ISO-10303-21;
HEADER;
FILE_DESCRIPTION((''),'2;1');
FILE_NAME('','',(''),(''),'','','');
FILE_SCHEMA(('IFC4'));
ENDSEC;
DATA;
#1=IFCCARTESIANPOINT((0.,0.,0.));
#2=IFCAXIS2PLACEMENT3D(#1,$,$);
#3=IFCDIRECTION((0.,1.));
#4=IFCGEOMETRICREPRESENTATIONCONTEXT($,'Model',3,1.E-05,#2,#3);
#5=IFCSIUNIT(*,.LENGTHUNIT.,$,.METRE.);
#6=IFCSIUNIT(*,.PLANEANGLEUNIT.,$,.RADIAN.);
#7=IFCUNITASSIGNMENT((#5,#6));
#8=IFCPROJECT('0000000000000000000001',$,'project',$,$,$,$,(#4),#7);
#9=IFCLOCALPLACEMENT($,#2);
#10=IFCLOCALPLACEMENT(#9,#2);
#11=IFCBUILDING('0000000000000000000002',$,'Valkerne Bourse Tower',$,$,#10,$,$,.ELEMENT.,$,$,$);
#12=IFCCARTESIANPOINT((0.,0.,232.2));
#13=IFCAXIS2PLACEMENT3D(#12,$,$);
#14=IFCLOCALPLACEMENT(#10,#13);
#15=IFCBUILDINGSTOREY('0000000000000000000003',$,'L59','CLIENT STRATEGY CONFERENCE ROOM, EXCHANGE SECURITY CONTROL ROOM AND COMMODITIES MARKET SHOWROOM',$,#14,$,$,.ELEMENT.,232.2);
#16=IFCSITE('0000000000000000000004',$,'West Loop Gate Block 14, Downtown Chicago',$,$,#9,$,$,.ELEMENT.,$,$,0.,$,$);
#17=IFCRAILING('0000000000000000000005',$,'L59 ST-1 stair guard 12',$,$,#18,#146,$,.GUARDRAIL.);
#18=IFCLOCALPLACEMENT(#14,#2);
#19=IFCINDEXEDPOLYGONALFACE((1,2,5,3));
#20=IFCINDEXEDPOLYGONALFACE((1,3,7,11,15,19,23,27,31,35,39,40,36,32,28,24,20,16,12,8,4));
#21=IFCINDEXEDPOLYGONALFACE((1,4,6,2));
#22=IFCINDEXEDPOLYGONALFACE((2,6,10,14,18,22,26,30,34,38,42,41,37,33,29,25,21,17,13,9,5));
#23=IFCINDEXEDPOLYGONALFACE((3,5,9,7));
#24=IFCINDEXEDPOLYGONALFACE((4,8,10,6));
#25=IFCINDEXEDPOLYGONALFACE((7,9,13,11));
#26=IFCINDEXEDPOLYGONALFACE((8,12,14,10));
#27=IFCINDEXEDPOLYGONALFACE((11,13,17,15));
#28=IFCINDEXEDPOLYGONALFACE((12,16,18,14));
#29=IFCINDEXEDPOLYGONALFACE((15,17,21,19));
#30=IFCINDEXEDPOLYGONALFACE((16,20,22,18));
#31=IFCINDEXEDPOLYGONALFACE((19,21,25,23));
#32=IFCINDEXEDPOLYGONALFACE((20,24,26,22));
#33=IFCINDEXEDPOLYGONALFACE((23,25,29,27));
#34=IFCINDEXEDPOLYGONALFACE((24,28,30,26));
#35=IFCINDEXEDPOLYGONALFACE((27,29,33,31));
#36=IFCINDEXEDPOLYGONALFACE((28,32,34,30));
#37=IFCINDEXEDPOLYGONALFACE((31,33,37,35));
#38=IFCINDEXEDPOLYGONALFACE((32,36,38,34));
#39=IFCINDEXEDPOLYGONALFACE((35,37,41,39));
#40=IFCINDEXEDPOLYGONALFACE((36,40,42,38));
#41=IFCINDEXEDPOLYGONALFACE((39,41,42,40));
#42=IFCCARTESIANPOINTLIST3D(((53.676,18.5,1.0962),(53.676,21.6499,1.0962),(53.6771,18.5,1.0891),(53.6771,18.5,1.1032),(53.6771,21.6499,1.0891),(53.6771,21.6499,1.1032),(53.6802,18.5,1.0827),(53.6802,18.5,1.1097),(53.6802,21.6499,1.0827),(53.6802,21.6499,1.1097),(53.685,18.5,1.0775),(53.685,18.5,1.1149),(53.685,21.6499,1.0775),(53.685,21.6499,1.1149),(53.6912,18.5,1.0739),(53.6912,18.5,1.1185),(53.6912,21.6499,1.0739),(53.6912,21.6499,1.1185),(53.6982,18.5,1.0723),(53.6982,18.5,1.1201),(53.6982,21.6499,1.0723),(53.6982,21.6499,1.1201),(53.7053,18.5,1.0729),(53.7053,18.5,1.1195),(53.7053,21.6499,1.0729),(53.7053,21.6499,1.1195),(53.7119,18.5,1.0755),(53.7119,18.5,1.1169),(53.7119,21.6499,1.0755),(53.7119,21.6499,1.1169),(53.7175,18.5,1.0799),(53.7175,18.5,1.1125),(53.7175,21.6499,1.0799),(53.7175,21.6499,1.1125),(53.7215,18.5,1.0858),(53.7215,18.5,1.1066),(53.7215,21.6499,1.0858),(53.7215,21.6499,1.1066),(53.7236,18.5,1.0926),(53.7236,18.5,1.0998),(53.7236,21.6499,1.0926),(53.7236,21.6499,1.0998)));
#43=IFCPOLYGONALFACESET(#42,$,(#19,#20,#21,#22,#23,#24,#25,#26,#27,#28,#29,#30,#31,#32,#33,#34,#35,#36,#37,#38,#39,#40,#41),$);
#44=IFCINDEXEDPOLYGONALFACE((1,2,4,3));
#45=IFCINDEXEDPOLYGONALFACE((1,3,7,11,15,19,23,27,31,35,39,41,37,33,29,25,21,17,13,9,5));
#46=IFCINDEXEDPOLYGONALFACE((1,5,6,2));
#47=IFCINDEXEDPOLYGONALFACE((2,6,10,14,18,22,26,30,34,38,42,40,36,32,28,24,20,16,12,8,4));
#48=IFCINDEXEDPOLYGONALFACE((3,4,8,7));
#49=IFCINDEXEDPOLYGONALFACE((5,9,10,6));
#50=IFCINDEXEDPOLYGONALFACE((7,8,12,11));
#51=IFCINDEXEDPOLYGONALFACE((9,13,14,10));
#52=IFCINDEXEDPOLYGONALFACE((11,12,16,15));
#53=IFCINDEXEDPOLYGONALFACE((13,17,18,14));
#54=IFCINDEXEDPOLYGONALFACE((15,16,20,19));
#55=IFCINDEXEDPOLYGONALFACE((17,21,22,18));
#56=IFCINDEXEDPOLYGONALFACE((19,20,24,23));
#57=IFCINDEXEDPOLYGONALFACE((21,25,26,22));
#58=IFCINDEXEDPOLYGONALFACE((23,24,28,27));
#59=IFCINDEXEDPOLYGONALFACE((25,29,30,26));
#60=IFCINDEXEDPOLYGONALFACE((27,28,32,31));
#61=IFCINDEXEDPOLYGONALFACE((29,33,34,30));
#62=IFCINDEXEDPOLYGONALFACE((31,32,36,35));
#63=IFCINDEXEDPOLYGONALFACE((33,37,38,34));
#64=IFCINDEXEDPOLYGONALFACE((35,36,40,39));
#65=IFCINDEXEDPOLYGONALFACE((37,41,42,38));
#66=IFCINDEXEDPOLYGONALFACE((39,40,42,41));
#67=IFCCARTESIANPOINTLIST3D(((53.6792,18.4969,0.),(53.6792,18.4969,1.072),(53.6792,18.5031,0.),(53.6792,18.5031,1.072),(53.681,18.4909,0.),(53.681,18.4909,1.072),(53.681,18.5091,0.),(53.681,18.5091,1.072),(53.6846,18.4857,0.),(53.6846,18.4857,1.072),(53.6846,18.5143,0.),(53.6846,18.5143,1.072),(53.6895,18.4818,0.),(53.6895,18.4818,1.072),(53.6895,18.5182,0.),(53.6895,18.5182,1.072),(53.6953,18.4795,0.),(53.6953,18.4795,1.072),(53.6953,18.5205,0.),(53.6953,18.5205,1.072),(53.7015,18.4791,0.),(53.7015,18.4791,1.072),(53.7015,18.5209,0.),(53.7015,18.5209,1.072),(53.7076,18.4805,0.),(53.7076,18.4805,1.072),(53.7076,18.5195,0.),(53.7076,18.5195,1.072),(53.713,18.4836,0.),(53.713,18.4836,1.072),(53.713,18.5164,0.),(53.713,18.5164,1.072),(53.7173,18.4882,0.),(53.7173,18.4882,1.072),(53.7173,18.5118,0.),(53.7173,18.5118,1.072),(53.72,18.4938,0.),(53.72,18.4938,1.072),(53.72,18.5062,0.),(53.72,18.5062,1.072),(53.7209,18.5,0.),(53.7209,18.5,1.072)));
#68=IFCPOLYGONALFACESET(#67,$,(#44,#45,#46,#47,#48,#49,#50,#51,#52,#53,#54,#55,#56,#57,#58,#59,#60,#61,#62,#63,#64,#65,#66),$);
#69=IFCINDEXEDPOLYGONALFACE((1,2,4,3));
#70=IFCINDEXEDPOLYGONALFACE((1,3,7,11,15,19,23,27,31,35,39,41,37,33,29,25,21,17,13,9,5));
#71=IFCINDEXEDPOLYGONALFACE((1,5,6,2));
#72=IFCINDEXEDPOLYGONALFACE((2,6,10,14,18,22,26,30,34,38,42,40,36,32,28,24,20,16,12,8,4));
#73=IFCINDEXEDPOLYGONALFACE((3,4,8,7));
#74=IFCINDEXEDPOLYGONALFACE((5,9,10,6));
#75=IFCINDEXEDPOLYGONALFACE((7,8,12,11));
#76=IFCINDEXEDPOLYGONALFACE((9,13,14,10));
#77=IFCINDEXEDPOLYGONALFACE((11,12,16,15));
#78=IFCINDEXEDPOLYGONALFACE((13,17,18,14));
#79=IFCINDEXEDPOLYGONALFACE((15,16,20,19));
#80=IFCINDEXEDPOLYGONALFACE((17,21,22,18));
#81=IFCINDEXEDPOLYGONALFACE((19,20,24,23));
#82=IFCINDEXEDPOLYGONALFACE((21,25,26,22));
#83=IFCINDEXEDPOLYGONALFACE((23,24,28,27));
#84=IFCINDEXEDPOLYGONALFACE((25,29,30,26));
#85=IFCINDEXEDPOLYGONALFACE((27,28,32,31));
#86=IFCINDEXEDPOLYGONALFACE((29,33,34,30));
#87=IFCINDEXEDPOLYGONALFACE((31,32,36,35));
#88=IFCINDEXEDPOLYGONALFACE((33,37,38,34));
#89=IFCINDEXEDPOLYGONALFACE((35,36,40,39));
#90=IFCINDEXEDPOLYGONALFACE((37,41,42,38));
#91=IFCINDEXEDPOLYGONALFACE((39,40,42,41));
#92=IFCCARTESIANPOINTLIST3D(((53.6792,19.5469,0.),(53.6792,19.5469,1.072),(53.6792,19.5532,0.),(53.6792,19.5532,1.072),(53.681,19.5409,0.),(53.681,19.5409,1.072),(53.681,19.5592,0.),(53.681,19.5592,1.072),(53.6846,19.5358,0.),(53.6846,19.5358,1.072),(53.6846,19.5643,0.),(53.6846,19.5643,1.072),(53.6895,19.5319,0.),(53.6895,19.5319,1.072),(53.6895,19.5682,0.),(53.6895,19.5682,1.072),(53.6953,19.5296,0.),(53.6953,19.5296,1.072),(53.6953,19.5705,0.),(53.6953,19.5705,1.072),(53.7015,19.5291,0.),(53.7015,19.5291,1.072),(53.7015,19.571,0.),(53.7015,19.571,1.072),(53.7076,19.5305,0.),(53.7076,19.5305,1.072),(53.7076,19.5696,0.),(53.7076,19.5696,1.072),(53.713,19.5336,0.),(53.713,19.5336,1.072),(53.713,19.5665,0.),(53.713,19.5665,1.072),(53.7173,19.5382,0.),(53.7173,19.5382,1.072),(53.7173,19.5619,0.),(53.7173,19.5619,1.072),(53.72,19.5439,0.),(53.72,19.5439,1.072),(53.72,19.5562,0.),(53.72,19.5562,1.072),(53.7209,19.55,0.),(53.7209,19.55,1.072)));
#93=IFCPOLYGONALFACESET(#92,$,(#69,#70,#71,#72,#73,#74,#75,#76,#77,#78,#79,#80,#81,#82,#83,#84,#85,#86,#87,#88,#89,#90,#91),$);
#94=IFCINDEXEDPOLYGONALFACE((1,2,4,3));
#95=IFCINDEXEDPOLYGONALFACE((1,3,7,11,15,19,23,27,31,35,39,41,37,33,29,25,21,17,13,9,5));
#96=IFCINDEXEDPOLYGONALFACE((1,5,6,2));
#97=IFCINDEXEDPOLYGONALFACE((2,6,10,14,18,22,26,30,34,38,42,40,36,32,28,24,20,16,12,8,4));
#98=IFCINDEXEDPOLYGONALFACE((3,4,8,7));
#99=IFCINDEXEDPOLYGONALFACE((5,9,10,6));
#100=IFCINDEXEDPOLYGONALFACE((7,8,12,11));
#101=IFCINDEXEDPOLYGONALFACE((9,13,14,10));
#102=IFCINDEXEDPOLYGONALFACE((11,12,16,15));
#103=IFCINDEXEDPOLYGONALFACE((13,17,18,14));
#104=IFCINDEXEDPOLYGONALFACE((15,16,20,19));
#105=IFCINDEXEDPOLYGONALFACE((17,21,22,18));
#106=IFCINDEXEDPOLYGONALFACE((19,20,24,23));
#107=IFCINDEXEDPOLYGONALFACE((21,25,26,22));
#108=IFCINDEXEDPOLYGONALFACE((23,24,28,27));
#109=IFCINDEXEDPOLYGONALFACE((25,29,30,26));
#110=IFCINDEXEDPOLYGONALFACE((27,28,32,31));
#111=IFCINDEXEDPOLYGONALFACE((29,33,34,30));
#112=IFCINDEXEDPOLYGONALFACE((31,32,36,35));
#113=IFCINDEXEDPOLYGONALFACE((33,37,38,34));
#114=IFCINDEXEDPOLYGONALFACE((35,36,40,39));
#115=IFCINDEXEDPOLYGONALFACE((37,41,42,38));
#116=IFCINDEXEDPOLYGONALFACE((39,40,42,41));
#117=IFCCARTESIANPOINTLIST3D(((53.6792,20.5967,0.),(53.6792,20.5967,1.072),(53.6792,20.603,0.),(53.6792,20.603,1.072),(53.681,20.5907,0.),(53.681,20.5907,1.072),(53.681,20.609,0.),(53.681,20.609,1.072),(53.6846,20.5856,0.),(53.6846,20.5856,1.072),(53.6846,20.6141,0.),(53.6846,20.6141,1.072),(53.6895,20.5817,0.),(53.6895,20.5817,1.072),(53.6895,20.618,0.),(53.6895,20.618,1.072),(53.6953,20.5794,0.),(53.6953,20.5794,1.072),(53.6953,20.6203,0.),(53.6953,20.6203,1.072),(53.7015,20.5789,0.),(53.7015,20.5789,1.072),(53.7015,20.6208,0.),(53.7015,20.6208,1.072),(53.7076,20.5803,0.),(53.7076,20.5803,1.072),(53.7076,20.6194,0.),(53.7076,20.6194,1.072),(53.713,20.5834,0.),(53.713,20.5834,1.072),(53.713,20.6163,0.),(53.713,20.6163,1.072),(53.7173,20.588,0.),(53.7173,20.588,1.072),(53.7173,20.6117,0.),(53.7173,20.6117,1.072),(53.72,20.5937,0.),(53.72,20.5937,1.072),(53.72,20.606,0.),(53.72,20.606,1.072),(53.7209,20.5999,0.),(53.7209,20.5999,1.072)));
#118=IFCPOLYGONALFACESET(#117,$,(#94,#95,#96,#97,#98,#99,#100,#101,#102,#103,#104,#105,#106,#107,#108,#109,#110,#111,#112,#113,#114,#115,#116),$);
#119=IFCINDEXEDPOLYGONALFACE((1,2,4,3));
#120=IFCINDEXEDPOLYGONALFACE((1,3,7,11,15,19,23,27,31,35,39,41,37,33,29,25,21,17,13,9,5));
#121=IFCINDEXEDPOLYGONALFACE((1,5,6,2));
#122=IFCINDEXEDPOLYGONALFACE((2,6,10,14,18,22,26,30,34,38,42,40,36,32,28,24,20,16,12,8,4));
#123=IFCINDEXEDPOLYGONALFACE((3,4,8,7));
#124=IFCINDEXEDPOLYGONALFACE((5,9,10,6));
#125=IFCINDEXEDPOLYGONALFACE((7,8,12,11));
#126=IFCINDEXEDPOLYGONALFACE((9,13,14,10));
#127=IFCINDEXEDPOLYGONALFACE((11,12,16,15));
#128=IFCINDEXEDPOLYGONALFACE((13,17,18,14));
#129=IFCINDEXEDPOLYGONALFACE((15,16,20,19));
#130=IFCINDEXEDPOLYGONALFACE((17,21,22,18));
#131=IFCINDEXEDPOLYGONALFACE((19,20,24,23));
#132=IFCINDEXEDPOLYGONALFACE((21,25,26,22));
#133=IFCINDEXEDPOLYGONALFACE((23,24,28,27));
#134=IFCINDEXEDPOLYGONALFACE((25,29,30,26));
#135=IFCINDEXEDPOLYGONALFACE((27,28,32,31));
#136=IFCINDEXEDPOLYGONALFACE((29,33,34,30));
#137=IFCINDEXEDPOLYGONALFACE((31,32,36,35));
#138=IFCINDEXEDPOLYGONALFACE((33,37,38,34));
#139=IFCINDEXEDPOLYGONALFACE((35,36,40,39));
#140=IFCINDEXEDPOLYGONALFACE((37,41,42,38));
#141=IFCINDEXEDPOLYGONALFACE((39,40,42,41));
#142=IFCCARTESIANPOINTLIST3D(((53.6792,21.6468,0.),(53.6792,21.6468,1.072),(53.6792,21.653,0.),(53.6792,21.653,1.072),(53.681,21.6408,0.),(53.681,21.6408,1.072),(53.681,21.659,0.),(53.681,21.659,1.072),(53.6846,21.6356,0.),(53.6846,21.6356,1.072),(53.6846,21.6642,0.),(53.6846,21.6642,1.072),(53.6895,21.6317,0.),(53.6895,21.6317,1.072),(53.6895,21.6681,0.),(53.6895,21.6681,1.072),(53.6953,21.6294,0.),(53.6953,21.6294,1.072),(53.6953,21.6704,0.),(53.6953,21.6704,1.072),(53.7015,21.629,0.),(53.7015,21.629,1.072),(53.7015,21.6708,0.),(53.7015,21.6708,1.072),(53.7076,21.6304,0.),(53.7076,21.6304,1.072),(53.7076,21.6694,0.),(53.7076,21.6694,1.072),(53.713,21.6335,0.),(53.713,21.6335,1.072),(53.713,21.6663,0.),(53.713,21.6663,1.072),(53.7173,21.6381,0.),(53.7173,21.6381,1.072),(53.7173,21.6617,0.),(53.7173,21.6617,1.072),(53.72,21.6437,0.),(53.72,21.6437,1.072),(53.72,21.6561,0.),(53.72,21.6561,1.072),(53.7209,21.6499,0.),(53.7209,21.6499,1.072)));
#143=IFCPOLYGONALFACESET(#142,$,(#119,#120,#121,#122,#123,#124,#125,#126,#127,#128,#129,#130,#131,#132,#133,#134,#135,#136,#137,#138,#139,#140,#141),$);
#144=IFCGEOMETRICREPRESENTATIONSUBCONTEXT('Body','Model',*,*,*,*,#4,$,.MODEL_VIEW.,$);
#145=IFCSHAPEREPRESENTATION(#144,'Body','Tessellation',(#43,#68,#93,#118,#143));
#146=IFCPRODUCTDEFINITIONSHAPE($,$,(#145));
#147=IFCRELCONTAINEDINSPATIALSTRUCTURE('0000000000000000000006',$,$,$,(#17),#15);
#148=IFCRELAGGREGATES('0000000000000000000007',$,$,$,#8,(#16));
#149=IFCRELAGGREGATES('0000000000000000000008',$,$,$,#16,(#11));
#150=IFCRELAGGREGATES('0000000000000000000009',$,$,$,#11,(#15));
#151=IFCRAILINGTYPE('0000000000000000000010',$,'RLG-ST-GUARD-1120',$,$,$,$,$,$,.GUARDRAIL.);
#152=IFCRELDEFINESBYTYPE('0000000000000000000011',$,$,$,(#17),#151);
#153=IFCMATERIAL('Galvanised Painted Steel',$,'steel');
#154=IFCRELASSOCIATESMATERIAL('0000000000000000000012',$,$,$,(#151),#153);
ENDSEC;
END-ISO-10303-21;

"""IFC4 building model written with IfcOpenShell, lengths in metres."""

from ifc_helpers import new_model, si_unit, direction, frame, origin, origin_2d, place, context, subcontext, project, spatial, circle, extrude, material, type_object, element, save


model = new_model("IFC4")

# Units and contexts
model_context = context("Model", 3, precision=1e-05, world=origin(), true_north=direction((0.0, 1.0)))
body_context = subcontext(model_context, "Body", "Model", "MODEL_VIEW")
ifc_project = project(units=[si_unit("LENGTHUNIT", "METRE"), si_unit("PLANEANGLEUNIT", "RADIAN")], contexts=[model_context])

# Site, building, storey
site_placement = place(None, origin())
site = spatial("IfcSite", under=ifc_project, at=site_placement, Name="West Loop Gate Block 14, Downtown Chicago", CompositionType="ELEMENT", RefElevation=0.0)
building_placement = place(site_placement, origin())
building = spatial("IfcBuilding", under=site, at=building_placement, Name="Valkerne Bourse Tower", CompositionType="ELEMENT")
storey_placement = place(building_placement, frame((0.0, 0.0, 232.2)))
storey = spatial("IfcBuildingStorey", under=building, at=storey_placement, Name="L59", Description="CLIENT STRATEGY CONFERENCE ROOM, EXCHANGE SECURITY CONTROL ROOM AND COMMODITIES MARKET SHOWROOM", CompositionType="ELEMENT", Elevation=232.2)

# Railing
ifc_material_1 = material(Name="Galvanised Painted Steel", Category="steel")
railing_type = type_object("IfcRailingType", Name="RLG-ST-GUARD-1120", PredefinedType="GUARDRAIL", material=ifc_material_1)
railing_1_placement = place(storey_placement, frame((53.7, 18.5, 0.0)))
element("IfcRailing", 1, at=railing_1_placement, inside=storey, type_object=railing_type, Name="L59 ST-1 stair guard 12", PredefinedType="GUARDRAIL", context=body_context, shape_type="SweptSolid", body=[
    extrude(circle(Radius=0.0239, at=origin_2d()), frame((0.0, 0.0, 1.0962), z_axis=(0.0, 1.0, 0.0), x_axis=(-1.0, 0.0, 0.0)), (0.0, 0.0, 1.0), 3.1499),
    extrude(circle(Radius=0.021, at=origin_2d()), origin(), (0.0, 0.0, 1.0), 1.072),
    extrude(circle(Radius=0.021, at=origin_2d()), frame((0.0, 1.05, 0.0)), (0.0, 0.0, 1.0), 1.072),
    extrude(circle(Radius=0.021, at=origin_2d()), frame((0.0, 2.0999, 0.0)), (0.0, 0.0, 1.0), 1.072),
    extrude(circle(Radius=0.021, at=origin_2d()), frame((0.0, 3.1499, 0.0)), (0.0, 0.0, 1.0), 1.072),
])

save(model, "model.ifc")
